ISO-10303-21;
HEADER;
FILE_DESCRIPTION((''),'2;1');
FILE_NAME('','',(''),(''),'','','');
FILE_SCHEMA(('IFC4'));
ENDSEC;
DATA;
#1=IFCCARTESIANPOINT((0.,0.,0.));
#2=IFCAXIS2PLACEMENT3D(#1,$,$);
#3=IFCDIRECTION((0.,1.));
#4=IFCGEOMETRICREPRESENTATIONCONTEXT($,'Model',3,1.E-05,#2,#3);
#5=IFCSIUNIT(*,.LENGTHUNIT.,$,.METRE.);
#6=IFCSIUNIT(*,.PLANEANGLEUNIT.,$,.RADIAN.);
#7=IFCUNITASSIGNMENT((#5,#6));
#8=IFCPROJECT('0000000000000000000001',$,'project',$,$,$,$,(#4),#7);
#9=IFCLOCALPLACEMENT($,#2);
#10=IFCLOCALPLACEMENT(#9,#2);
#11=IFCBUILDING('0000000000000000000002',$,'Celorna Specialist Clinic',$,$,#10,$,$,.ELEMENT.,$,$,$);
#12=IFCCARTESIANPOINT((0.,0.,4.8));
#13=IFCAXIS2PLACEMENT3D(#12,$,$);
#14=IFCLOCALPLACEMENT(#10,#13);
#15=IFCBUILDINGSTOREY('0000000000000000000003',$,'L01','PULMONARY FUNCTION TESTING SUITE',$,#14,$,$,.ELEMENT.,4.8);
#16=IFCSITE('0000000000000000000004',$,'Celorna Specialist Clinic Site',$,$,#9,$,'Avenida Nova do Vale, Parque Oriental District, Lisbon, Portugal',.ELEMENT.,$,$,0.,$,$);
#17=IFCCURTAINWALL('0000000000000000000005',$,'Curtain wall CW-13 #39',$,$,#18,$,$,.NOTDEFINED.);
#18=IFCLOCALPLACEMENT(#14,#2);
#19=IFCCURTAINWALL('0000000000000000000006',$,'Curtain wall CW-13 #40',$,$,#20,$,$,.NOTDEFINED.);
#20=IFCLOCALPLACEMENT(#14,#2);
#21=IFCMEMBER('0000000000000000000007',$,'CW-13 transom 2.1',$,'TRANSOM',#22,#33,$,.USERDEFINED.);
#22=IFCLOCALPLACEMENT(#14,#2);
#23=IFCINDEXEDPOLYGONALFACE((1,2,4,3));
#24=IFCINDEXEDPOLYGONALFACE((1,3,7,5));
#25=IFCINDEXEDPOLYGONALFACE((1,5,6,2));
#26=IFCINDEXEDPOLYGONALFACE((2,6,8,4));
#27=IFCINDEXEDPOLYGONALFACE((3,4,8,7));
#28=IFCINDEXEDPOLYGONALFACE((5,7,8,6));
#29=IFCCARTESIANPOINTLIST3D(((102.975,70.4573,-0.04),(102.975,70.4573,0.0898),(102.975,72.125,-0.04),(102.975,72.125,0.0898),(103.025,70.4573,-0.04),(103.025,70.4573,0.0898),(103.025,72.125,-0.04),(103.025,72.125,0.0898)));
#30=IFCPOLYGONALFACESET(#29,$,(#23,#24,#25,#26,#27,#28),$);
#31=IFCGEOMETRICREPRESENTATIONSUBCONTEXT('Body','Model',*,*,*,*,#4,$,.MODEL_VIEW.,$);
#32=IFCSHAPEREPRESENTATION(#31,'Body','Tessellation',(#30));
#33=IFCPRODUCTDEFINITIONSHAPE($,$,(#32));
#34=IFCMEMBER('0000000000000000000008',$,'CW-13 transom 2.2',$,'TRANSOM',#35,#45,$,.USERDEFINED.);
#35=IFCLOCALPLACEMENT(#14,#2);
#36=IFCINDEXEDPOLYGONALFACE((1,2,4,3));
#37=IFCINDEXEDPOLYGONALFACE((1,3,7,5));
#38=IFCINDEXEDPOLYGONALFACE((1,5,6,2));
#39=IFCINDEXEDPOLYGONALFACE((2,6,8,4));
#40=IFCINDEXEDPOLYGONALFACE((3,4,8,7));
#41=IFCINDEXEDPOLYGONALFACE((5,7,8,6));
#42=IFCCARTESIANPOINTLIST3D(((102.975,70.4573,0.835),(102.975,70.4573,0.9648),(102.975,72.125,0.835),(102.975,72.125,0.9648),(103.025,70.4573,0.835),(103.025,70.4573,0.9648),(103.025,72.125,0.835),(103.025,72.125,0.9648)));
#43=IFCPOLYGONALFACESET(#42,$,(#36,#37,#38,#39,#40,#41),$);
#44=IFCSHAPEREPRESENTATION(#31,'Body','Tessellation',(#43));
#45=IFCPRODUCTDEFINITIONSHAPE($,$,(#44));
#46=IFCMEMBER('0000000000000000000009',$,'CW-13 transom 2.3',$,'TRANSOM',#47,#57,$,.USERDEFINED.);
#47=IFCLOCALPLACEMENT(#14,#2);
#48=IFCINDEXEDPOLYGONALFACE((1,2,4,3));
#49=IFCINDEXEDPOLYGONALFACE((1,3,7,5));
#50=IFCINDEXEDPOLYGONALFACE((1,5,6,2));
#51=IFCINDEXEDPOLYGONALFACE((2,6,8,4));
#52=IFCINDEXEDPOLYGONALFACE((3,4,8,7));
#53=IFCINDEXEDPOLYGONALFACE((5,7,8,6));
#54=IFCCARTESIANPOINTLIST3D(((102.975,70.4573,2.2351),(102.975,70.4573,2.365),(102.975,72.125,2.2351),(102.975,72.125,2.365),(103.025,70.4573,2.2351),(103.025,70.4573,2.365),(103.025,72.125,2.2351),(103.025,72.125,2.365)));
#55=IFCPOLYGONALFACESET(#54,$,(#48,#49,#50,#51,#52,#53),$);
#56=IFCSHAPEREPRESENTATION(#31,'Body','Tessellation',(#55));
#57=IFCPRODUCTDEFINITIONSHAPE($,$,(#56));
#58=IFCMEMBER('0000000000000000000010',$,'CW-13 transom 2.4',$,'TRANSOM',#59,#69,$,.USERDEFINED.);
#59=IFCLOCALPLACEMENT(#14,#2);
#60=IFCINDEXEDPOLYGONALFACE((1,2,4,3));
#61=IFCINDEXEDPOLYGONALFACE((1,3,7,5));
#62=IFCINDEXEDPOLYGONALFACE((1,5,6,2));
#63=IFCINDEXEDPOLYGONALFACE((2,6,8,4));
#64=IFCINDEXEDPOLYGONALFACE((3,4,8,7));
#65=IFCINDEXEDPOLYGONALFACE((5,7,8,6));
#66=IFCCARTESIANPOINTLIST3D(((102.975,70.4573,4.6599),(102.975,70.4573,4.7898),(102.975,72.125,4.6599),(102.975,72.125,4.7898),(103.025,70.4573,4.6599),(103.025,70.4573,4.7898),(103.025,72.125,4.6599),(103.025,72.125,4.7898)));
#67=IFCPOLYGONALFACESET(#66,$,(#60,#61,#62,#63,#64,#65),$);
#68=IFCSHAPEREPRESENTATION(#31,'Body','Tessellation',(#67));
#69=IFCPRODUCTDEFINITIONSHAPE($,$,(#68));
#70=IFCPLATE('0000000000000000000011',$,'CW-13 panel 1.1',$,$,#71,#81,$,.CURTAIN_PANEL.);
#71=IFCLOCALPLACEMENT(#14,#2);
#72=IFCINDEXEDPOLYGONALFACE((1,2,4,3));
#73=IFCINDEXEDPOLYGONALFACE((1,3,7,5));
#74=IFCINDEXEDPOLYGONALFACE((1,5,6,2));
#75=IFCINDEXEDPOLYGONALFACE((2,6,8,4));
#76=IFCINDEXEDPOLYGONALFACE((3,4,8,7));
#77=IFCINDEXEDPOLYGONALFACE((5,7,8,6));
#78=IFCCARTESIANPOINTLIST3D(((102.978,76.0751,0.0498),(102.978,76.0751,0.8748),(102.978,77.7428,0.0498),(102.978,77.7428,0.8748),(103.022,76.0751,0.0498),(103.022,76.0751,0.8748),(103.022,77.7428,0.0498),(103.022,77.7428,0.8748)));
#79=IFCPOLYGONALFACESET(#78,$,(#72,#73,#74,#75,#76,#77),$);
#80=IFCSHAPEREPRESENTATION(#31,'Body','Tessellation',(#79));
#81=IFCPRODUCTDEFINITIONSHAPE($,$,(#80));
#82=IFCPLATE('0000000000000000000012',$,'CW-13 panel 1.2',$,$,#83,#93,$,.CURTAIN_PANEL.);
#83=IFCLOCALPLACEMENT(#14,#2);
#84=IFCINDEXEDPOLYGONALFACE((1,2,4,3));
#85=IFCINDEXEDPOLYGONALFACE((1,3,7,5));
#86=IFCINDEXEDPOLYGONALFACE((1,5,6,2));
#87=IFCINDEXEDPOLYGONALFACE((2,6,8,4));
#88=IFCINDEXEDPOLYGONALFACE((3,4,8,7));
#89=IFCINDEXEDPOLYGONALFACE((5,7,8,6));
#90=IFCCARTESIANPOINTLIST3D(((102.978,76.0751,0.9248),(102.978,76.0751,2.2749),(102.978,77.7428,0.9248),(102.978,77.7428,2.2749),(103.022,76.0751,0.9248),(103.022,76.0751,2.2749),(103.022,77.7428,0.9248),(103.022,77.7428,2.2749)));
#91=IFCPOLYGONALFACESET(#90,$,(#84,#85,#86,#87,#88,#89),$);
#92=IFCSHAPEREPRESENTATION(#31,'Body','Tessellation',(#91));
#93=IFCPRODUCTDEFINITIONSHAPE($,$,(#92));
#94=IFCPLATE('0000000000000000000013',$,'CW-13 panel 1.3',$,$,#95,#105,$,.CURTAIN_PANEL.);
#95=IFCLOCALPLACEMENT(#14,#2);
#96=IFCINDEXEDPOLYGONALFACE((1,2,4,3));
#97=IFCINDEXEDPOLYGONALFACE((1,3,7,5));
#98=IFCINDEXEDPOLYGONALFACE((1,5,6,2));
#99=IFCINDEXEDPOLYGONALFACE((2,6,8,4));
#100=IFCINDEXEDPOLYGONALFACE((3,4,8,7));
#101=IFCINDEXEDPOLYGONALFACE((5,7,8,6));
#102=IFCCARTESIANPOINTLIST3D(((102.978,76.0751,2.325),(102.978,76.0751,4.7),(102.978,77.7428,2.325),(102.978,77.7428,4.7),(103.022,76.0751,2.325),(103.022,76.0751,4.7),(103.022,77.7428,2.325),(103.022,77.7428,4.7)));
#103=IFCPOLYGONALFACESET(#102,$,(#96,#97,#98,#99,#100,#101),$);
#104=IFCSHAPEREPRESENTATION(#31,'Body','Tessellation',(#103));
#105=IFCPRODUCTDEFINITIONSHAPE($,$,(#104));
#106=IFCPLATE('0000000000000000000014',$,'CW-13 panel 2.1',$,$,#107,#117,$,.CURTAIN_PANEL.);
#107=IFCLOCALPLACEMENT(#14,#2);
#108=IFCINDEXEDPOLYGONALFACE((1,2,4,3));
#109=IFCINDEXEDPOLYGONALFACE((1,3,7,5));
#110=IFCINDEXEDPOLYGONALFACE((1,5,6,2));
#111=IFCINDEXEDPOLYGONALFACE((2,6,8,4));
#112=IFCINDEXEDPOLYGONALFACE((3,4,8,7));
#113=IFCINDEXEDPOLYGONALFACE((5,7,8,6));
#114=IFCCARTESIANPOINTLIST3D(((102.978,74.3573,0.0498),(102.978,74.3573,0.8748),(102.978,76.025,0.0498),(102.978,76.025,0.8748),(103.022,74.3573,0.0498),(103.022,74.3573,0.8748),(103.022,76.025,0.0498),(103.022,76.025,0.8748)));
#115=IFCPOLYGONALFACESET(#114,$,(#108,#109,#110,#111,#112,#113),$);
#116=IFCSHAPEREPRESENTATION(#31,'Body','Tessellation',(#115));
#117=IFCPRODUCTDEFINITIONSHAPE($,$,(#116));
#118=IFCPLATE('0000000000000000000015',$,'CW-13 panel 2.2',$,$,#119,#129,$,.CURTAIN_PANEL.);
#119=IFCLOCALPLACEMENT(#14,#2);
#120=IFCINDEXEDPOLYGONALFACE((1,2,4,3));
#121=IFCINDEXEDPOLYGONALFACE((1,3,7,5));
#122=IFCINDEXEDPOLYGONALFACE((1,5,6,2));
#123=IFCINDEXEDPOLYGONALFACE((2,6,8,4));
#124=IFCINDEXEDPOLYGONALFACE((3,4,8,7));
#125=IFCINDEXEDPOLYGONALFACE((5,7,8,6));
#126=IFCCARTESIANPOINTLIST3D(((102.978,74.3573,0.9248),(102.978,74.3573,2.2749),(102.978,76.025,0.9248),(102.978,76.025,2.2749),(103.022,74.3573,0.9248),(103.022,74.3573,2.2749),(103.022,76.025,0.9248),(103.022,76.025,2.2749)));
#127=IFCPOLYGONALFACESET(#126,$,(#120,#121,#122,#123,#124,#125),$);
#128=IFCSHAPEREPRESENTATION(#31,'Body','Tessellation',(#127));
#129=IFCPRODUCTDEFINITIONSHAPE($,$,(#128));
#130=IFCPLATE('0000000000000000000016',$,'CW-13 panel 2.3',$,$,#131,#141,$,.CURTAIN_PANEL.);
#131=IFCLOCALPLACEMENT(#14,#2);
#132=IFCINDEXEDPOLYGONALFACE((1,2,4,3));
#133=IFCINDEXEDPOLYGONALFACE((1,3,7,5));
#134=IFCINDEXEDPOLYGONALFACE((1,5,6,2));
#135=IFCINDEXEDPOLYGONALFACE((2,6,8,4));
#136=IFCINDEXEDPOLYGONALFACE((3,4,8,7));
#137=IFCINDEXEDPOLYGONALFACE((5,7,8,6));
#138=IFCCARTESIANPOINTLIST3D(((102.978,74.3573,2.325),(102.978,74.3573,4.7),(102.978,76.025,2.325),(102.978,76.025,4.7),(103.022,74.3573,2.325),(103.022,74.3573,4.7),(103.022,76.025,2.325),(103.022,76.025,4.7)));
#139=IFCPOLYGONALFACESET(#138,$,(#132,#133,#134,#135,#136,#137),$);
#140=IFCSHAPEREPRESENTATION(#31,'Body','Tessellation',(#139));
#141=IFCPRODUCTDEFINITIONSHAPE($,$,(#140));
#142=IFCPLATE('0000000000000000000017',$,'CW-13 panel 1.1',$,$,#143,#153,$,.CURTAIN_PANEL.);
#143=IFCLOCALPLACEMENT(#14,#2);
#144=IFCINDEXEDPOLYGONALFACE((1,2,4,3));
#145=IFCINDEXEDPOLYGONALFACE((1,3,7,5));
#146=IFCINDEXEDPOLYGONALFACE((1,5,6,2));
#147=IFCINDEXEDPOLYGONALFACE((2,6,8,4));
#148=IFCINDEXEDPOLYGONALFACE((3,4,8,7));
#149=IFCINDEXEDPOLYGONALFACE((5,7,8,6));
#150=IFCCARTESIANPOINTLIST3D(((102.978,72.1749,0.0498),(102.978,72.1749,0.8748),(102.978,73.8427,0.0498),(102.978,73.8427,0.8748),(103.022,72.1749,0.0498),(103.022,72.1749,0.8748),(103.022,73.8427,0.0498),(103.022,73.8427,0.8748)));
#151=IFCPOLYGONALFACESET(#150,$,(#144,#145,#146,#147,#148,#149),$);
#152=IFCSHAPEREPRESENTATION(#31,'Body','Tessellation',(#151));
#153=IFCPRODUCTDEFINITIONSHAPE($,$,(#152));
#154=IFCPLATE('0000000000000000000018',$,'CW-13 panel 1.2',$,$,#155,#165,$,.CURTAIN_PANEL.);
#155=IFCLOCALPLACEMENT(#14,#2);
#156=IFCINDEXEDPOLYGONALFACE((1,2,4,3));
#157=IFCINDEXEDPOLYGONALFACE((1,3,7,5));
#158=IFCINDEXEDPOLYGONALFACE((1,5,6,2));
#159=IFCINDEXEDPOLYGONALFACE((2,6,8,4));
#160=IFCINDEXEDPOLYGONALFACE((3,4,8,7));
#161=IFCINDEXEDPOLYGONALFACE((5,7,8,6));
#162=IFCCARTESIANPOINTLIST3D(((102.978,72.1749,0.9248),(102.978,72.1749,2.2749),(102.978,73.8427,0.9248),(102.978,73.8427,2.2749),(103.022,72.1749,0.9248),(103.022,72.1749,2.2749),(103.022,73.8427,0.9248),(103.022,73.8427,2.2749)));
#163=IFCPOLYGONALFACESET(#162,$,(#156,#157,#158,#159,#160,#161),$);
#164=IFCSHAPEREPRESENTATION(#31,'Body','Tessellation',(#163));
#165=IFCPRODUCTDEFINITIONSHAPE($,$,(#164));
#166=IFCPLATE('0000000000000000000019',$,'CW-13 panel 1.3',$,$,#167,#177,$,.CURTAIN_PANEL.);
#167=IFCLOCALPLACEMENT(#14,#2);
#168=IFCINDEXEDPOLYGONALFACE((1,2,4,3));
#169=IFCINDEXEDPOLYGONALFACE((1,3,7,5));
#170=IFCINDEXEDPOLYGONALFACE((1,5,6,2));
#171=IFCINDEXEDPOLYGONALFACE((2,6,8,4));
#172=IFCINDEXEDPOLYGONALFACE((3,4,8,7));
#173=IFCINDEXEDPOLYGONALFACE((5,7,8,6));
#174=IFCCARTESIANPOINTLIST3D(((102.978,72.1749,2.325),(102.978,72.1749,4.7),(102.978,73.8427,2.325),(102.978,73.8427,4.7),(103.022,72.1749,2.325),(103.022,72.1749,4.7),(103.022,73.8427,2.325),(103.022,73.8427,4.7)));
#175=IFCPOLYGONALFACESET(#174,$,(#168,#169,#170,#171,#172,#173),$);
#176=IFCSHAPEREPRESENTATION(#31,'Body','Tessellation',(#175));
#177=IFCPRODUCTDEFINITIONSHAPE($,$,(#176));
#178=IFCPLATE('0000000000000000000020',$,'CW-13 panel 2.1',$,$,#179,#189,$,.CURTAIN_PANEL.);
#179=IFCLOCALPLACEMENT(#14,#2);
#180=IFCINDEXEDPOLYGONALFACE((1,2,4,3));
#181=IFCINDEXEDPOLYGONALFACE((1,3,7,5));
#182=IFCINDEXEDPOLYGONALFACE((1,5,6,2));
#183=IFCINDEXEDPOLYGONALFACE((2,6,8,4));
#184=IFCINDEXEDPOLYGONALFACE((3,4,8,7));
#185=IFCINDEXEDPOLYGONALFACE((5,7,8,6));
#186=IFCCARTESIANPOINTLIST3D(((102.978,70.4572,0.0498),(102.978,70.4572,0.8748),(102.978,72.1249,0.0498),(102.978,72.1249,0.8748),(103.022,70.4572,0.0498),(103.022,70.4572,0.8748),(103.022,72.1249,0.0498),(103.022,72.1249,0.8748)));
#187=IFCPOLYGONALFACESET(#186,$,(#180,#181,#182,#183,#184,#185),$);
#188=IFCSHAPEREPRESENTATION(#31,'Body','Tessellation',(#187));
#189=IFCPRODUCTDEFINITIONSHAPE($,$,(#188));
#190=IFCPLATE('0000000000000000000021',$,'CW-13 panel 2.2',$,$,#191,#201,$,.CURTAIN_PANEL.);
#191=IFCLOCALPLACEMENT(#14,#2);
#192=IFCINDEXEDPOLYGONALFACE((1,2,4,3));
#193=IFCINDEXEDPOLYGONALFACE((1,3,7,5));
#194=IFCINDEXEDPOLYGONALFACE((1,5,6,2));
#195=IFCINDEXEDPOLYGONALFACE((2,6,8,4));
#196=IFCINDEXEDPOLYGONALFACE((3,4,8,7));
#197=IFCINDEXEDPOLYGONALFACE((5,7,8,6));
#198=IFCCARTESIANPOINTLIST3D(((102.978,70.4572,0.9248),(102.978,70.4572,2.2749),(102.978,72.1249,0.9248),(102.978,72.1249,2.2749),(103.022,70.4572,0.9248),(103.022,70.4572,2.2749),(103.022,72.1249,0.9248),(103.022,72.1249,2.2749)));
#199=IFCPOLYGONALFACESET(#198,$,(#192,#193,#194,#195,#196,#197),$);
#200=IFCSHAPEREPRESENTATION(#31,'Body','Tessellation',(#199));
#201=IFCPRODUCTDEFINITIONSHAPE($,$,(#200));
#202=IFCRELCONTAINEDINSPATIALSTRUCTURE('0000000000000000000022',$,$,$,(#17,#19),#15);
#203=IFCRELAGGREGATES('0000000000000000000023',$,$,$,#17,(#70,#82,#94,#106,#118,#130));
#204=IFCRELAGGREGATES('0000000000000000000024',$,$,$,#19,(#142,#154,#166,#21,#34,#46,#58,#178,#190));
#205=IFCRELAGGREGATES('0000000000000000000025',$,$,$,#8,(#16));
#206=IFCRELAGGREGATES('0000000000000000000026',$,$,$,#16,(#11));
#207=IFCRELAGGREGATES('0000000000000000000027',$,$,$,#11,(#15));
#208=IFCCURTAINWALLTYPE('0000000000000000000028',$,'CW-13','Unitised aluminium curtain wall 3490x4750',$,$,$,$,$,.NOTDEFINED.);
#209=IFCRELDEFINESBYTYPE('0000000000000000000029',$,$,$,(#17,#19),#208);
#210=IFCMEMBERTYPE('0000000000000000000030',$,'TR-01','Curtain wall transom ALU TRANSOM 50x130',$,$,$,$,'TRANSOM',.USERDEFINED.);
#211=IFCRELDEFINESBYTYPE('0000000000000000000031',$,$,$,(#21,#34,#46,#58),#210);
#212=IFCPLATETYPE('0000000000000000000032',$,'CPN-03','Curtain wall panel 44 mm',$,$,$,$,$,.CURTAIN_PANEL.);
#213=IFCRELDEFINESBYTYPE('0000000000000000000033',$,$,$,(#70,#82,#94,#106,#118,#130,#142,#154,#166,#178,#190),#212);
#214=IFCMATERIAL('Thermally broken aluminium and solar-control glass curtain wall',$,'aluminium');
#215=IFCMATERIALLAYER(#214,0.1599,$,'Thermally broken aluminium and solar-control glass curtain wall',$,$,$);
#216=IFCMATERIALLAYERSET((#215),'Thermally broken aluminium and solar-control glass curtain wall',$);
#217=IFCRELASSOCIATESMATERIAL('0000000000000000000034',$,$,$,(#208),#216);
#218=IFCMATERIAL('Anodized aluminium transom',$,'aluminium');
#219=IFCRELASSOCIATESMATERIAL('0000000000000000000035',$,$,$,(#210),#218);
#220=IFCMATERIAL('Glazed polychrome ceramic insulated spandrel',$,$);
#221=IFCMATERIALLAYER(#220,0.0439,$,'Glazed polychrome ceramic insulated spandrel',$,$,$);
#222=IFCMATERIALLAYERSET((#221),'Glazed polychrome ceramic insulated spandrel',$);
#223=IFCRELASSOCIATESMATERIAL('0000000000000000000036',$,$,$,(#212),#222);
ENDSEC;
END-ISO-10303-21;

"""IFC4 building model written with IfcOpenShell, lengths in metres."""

from ifc_helpers import new_model, si_unit, direction, frame, origin, origin_2d, place, context, subcontext, project, spatial, rectangle, extrude, material, layer, layer_set, material_profile, profile_set, type_object, element, aggregate, save


model = new_model("IFC4")

# Units and contexts
model_context = context("Model", 3, precision=1e-05, world=origin(), true_north=direction((0.0, 1.0)))
body_context = subcontext(model_context, "Body", "Model", "MODEL_VIEW")
ifc_project = project(units=[si_unit("LENGTHUNIT", "METRE"), si_unit("PLANEANGLEUNIT", "RADIAN")], contexts=[model_context])

# Site, building, storey
site_placement = place(None, origin())
site = spatial("IfcSite", under=ifc_project, at=site_placement, Name="Celorna Specialist Clinic Site", LongName="Avenida Nova do Vale, Parque Oriental District, Lisbon, Portugal", CompositionType="ELEMENT", RefElevation=0.0)
building_placement = place(site_placement, origin())
building = spatial("IfcBuilding", under=site, at=building_placement, Name="Celorna Specialist Clinic", CompositionType="ELEMENT")
storey_placement = place(building_placement, frame((0.0, 0.0, 4.8)))
storey = spatial("IfcBuildingStorey", under=building, at=storey_placement, Name="L01", Description="PULMONARY FUNCTION TESTING SUITE", CompositionType="ELEMENT", Elevation=4.8)

# Shared definitions
ifc_material_1 = material(Name="Thermally broken aluminium and solar-control glass curtain wall", Category="aluminium")

# Curtain walls
ifc_layer_1 = layer(ifc_material_1, 0.1599, Name="Thermally broken aluminium and solar-control glass curtain wall")
ifc_layer_set_1 = layer_set([ifc_layer_1], Name="Thermally broken aluminium and solar-control glass curtain wall")
curtain_wall_type_1 = type_object("IfcCurtainWallType", Name="CW-13", Description="Unitised aluminium curtain wall 3490x4750", PredefinedType="NOTDEFINED", material=ifc_layer_set_1)
curtain_wall_1_placement = place(storey_placement, origin())
curtain_wall_1 = element("IfcCurtainWall", 1, at=curtain_wall_1_placement, inside=storey, type_object=curtain_wall_type_1, Name="Curtain wall CW-13 #39", PredefinedType="NOTDEFINED")
curtain_wall_2_placement = place(storey_placement, origin())
curtain_wall_2 = element("IfcCurtainWall", 2, at=curtain_wall_2_placement, inside=storey, type_object=curtain_wall_type_1, Name="Curtain wall CW-13 #40", PredefinedType="NOTDEFINED")

# Members
ifc_material_2 = material(Name="Anodized aluminium transom", Category="aluminium")
ifc_material_profile_1 = material_profile(ifc_material_2, rectangle(XDim=0.05, YDim=0.1299, at=origin_2d()), Name="ALU TRANSOM 50x130")
ifc_profile_set_1 = profile_set([ifc_material_profile_1], Name="Anodized aluminium transom")
member_type_1 = type_object("IfcMemberType", Name="TR-01", Description="Curtain wall transom ALU TRANSOM 50x130", ElementType="TRANSOM", PredefinedType="USERDEFINED", material=ifc_profile_set_1)
member_1_placement = place(storey_placement, frame((103.0, 72.125, 0.0249), z_axis=(0.0, -1.0, 0.0), x_axis=(1.0, 0.0, 0.0)))
member_1 = element("IfcMember", 3, at=member_1_placement, type_object=member_type_1, Name="CW-13 transom 2.1", ObjectType="TRANSOM", PredefinedType="USERDEFINED", context=body_context, shape_type="SweptSolid", body=[
    extrude(rectangle(XDim=0.05, YDim=0.1299, at=origin_2d()), origin(), (0.0, 0.0, 1.0), 1.6677),
])
member_2_placement = place(storey_placement, frame((103.0, 72.125, 0.8999), z_axis=(0.0, -1.0, 0.0), x_axis=(1.0, 0.0, 0.0)))
member_2 = element("IfcMember", 4, at=member_2_placement, type_object=member_type_1, Name="CW-13 transom 2.2", ObjectType="TRANSOM", PredefinedType="USERDEFINED", context=body_context, shape_type="SweptSolid", body=[
    extrude(rectangle(XDim=0.05, YDim=0.1299, at=origin_2d()), origin(), (0.0, 0.0, 1.0), 1.6677),
])
member_3_placement = place(storey_placement, frame((103.0, 72.125, 2.3), z_axis=(0.0, -1.0, 0.0), x_axis=(1.0, 0.0, 0.0)))
member_3 = element("IfcMember", 5, at=member_3_placement, type_object=member_type_1, Name="CW-13 transom 2.3", ObjectType="TRANSOM", PredefinedType="USERDEFINED", context=body_context, shape_type="SweptSolid", body=[
    extrude(rectangle(XDim=0.05, YDim=0.1299, at=origin_2d()), origin(), (0.0, 0.0, 1.0), 1.6677),
])
member_4_placement = place(storey_placement, frame((103.0, 72.125, 4.7249), z_axis=(0.0, -1.0, 0.0), x_axis=(1.0, 0.0, 0.0)))
member_4 = element("IfcMember", 6, at=member_4_placement, type_object=member_type_1, Name="CW-13 transom 2.4", ObjectType="TRANSOM", PredefinedType="USERDEFINED", context=body_context, shape_type="SweptSolid", body=[
    extrude(rectangle(XDim=0.05, YDim=0.1299, at=origin_2d()), origin(), (0.0, 0.0, 1.0), 1.6677),
])

# Plates
ifc_material_3 = material(Name="Glazed polychrome ceramic insulated spandrel")
ifc_layer_2 = layer(ifc_material_3, 0.0439, Name="Glazed polychrome ceramic insulated spandrel")
ifc_layer_set_2 = layer_set([ifc_layer_2], Name="Glazed polychrome ceramic insulated spandrel")
plate_type = type_object("IfcPlateType", Name="CPN-03", Description="Curtain wall panel 44 mm", PredefinedType="CURTAIN_PANEL", material=ifc_layer_set_2)
plate_1_placement = place(storey_placement, frame((103.0, 76.9089, 0.0498), z_axis=(0.0, 0.0, 1.0), x_axis=(0.0, -1.0, 0.0)))
plate_1 = element("IfcPlate", 7, at=plate_1_placement, type_object=plate_type, Name="CW-13 panel 1.1", PredefinedType="CURTAIN_PANEL", context=body_context, shape_type="SweptSolid", body=[
    extrude(rectangle(XDim=1.6677, YDim=0.0439, at=origin_2d()), origin(), (0.0, 0.0, 1.0), 0.825),
])
plate_2_placement = place(storey_placement, frame((103.0, 76.9089, 0.9248), z_axis=(0.0, 0.0, 1.0), x_axis=(0.0, -1.0, 0.0)))
plate_2 = element("IfcPlate", 8, at=plate_2_placement, type_object=plate_type, Name="CW-13 panel 1.2", PredefinedType="CURTAIN_PANEL", context=body_context, shape_type="SweptSolid", body=[
    extrude(rectangle(XDim=1.6677, YDim=0.0439, at=origin_2d()), origin(), (0.0, 0.0, 1.0), 1.3501),
])
plate_3_placement = place(storey_placement, frame((103.0, 76.9089, 2.325), z_axis=(0.0, 0.0, 1.0), x_axis=(0.0, -1.0, 0.0)))
plate_3 = element("IfcPlate", 9, at=plate_3_placement, type_object=plate_type, Name="CW-13 panel 1.3", PredefinedType="CURTAIN_PANEL", context=body_context, shape_type="SweptSolid", body=[
    extrude(rectangle(XDim=1.6677, YDim=0.0439, at=origin_2d()), origin(), (0.0, 0.0, 1.0), 2.375),
])
plate_4_placement = place(storey_placement, frame((103.0, 75.1912, 0.0498), z_axis=(0.0, 0.0, 1.0), x_axis=(0.0, -1.0, 0.0)))
plate_4 = element("IfcPlate", 10, at=plate_4_placement, type_object=plate_type, Name="CW-13 panel 2.1", PredefinedType="CURTAIN_PANEL", context=body_context, shape_type="SweptSolid", body=[
    extrude(rectangle(XDim=1.6677, YDim=0.0439, at=origin_2d()), origin(), (0.0, 0.0, 1.0), 0.825),
])
plate_5_placement = place(storey_placement, frame((103.0, 75.1912, 0.9248), z_axis=(0.0, 0.0, 1.0), x_axis=(0.0, -1.0, 0.0)))
plate_5 = element("IfcPlate", 11, at=plate_5_placement, type_object=plate_type, Name="CW-13 panel 2.2", PredefinedType="CURTAIN_PANEL", context=body_context, shape_type="SweptSolid", body=[
    extrude(rectangle(XDim=1.6677, YDim=0.0439, at=origin_2d()), origin(), (0.0, 0.0, 1.0), 1.3501),
])
plate_6_placement = place(storey_placement, frame((103.0, 75.1912, 2.325), z_axis=(0.0, 0.0, 1.0), x_axis=(0.0, -1.0, 0.0)))
plate_6 = element("IfcPlate", 12, at=plate_6_placement, type_object=plate_type, Name="CW-13 panel 2.3", PredefinedType="CURTAIN_PANEL", context=body_context, shape_type="SweptSolid", body=[
    extrude(rectangle(XDim=1.6677, YDim=0.0439, at=origin_2d()), origin(), (0.0, 0.0, 1.0), 2.375),
])
aggregate(curtain_wall_1, [plate_1, plate_2, plate_3, plate_4, plate_5, plate_6])
plate_7_placement = place(storey_placement, frame((103.0, 73.0088, 0.0498), z_axis=(0.0, 0.0, 1.0), x_axis=(0.0, -1.0, 0.0)))
plate_7 = element("IfcPlate", 13, at=plate_7_placement, type_object=plate_type, Name="CW-13 panel 1.1", PredefinedType="CURTAIN_PANEL", context=body_context, shape_type="SweptSolid", body=[
    extrude(rectangle(XDim=1.6677, YDim=0.0439, at=origin_2d()), origin(), (0.0, 0.0, 1.0), 0.825),
])
plate_8_placement = place(storey_placement, frame((103.0, 73.0088, 0.9248), z_axis=(0.0, 0.0, 1.0), x_axis=(0.0, -1.0, 0.0)))
plate_8 = element("IfcPlate", 14, at=plate_8_placement, type_object=plate_type, Name="CW-13 panel 1.2", PredefinedType="CURTAIN_PANEL", context=body_context, shape_type="SweptSolid", body=[
    extrude(rectangle(XDim=1.6677, YDim=0.0439, at=origin_2d()), origin(), (0.0, 0.0, 1.0), 1.3501),
])
plate_9_placement = place(storey_placement, frame((103.0, 73.0088, 2.325), z_axis=(0.0, 0.0, 1.0), x_axis=(0.0, -1.0, 0.0)))
plate_9 = element("IfcPlate", 15, at=plate_9_placement, type_object=plate_type, Name="CW-13 panel 1.3", PredefinedType="CURTAIN_PANEL", context=body_context, shape_type="SweptSolid", body=[
    extrude(rectangle(XDim=1.6677, YDim=0.0439, at=origin_2d()), origin(), (0.0, 0.0, 1.0), 2.375),
])
plate_10_placement = place(storey_placement, frame((103.0, 71.291, 0.0498), z_axis=(0.0, 0.0, 1.0), x_axis=(0.0, -1.0, 0.0)))
plate_10 = element("IfcPlate", 16, at=plate_10_placement, type_object=plate_type, Name="CW-13 panel 2.1", PredefinedType="CURTAIN_PANEL", context=body_context, shape_type="SweptSolid", body=[
    extrude(rectangle(XDim=1.6677, YDim=0.0439, at=origin_2d()), origin(), (0.0, 0.0, 1.0), 0.825),
])
plate_11_placement = place(storey_placement, frame((103.0, 71.291, 0.9248), z_axis=(0.0, 0.0, 1.0), x_axis=(0.0, -1.0, 0.0)))
plate_11 = element("IfcPlate", 17, at=plate_11_placement, type_object=plate_type, Name="CW-13 panel 2.2", PredefinedType="CURTAIN_PANEL", context=body_context, shape_type="SweptSolid", body=[
    extrude(rectangle(XDim=1.6677, YDim=0.0439, at=origin_2d()), origin(), (0.0, 0.0, 1.0), 1.3501),
])
aggregate(curtain_wall_2, [plate_7, plate_8, plate_9, member_1, member_2, member_3, member_4, plate_10, plate_11])

save(model, "model.ifc")
